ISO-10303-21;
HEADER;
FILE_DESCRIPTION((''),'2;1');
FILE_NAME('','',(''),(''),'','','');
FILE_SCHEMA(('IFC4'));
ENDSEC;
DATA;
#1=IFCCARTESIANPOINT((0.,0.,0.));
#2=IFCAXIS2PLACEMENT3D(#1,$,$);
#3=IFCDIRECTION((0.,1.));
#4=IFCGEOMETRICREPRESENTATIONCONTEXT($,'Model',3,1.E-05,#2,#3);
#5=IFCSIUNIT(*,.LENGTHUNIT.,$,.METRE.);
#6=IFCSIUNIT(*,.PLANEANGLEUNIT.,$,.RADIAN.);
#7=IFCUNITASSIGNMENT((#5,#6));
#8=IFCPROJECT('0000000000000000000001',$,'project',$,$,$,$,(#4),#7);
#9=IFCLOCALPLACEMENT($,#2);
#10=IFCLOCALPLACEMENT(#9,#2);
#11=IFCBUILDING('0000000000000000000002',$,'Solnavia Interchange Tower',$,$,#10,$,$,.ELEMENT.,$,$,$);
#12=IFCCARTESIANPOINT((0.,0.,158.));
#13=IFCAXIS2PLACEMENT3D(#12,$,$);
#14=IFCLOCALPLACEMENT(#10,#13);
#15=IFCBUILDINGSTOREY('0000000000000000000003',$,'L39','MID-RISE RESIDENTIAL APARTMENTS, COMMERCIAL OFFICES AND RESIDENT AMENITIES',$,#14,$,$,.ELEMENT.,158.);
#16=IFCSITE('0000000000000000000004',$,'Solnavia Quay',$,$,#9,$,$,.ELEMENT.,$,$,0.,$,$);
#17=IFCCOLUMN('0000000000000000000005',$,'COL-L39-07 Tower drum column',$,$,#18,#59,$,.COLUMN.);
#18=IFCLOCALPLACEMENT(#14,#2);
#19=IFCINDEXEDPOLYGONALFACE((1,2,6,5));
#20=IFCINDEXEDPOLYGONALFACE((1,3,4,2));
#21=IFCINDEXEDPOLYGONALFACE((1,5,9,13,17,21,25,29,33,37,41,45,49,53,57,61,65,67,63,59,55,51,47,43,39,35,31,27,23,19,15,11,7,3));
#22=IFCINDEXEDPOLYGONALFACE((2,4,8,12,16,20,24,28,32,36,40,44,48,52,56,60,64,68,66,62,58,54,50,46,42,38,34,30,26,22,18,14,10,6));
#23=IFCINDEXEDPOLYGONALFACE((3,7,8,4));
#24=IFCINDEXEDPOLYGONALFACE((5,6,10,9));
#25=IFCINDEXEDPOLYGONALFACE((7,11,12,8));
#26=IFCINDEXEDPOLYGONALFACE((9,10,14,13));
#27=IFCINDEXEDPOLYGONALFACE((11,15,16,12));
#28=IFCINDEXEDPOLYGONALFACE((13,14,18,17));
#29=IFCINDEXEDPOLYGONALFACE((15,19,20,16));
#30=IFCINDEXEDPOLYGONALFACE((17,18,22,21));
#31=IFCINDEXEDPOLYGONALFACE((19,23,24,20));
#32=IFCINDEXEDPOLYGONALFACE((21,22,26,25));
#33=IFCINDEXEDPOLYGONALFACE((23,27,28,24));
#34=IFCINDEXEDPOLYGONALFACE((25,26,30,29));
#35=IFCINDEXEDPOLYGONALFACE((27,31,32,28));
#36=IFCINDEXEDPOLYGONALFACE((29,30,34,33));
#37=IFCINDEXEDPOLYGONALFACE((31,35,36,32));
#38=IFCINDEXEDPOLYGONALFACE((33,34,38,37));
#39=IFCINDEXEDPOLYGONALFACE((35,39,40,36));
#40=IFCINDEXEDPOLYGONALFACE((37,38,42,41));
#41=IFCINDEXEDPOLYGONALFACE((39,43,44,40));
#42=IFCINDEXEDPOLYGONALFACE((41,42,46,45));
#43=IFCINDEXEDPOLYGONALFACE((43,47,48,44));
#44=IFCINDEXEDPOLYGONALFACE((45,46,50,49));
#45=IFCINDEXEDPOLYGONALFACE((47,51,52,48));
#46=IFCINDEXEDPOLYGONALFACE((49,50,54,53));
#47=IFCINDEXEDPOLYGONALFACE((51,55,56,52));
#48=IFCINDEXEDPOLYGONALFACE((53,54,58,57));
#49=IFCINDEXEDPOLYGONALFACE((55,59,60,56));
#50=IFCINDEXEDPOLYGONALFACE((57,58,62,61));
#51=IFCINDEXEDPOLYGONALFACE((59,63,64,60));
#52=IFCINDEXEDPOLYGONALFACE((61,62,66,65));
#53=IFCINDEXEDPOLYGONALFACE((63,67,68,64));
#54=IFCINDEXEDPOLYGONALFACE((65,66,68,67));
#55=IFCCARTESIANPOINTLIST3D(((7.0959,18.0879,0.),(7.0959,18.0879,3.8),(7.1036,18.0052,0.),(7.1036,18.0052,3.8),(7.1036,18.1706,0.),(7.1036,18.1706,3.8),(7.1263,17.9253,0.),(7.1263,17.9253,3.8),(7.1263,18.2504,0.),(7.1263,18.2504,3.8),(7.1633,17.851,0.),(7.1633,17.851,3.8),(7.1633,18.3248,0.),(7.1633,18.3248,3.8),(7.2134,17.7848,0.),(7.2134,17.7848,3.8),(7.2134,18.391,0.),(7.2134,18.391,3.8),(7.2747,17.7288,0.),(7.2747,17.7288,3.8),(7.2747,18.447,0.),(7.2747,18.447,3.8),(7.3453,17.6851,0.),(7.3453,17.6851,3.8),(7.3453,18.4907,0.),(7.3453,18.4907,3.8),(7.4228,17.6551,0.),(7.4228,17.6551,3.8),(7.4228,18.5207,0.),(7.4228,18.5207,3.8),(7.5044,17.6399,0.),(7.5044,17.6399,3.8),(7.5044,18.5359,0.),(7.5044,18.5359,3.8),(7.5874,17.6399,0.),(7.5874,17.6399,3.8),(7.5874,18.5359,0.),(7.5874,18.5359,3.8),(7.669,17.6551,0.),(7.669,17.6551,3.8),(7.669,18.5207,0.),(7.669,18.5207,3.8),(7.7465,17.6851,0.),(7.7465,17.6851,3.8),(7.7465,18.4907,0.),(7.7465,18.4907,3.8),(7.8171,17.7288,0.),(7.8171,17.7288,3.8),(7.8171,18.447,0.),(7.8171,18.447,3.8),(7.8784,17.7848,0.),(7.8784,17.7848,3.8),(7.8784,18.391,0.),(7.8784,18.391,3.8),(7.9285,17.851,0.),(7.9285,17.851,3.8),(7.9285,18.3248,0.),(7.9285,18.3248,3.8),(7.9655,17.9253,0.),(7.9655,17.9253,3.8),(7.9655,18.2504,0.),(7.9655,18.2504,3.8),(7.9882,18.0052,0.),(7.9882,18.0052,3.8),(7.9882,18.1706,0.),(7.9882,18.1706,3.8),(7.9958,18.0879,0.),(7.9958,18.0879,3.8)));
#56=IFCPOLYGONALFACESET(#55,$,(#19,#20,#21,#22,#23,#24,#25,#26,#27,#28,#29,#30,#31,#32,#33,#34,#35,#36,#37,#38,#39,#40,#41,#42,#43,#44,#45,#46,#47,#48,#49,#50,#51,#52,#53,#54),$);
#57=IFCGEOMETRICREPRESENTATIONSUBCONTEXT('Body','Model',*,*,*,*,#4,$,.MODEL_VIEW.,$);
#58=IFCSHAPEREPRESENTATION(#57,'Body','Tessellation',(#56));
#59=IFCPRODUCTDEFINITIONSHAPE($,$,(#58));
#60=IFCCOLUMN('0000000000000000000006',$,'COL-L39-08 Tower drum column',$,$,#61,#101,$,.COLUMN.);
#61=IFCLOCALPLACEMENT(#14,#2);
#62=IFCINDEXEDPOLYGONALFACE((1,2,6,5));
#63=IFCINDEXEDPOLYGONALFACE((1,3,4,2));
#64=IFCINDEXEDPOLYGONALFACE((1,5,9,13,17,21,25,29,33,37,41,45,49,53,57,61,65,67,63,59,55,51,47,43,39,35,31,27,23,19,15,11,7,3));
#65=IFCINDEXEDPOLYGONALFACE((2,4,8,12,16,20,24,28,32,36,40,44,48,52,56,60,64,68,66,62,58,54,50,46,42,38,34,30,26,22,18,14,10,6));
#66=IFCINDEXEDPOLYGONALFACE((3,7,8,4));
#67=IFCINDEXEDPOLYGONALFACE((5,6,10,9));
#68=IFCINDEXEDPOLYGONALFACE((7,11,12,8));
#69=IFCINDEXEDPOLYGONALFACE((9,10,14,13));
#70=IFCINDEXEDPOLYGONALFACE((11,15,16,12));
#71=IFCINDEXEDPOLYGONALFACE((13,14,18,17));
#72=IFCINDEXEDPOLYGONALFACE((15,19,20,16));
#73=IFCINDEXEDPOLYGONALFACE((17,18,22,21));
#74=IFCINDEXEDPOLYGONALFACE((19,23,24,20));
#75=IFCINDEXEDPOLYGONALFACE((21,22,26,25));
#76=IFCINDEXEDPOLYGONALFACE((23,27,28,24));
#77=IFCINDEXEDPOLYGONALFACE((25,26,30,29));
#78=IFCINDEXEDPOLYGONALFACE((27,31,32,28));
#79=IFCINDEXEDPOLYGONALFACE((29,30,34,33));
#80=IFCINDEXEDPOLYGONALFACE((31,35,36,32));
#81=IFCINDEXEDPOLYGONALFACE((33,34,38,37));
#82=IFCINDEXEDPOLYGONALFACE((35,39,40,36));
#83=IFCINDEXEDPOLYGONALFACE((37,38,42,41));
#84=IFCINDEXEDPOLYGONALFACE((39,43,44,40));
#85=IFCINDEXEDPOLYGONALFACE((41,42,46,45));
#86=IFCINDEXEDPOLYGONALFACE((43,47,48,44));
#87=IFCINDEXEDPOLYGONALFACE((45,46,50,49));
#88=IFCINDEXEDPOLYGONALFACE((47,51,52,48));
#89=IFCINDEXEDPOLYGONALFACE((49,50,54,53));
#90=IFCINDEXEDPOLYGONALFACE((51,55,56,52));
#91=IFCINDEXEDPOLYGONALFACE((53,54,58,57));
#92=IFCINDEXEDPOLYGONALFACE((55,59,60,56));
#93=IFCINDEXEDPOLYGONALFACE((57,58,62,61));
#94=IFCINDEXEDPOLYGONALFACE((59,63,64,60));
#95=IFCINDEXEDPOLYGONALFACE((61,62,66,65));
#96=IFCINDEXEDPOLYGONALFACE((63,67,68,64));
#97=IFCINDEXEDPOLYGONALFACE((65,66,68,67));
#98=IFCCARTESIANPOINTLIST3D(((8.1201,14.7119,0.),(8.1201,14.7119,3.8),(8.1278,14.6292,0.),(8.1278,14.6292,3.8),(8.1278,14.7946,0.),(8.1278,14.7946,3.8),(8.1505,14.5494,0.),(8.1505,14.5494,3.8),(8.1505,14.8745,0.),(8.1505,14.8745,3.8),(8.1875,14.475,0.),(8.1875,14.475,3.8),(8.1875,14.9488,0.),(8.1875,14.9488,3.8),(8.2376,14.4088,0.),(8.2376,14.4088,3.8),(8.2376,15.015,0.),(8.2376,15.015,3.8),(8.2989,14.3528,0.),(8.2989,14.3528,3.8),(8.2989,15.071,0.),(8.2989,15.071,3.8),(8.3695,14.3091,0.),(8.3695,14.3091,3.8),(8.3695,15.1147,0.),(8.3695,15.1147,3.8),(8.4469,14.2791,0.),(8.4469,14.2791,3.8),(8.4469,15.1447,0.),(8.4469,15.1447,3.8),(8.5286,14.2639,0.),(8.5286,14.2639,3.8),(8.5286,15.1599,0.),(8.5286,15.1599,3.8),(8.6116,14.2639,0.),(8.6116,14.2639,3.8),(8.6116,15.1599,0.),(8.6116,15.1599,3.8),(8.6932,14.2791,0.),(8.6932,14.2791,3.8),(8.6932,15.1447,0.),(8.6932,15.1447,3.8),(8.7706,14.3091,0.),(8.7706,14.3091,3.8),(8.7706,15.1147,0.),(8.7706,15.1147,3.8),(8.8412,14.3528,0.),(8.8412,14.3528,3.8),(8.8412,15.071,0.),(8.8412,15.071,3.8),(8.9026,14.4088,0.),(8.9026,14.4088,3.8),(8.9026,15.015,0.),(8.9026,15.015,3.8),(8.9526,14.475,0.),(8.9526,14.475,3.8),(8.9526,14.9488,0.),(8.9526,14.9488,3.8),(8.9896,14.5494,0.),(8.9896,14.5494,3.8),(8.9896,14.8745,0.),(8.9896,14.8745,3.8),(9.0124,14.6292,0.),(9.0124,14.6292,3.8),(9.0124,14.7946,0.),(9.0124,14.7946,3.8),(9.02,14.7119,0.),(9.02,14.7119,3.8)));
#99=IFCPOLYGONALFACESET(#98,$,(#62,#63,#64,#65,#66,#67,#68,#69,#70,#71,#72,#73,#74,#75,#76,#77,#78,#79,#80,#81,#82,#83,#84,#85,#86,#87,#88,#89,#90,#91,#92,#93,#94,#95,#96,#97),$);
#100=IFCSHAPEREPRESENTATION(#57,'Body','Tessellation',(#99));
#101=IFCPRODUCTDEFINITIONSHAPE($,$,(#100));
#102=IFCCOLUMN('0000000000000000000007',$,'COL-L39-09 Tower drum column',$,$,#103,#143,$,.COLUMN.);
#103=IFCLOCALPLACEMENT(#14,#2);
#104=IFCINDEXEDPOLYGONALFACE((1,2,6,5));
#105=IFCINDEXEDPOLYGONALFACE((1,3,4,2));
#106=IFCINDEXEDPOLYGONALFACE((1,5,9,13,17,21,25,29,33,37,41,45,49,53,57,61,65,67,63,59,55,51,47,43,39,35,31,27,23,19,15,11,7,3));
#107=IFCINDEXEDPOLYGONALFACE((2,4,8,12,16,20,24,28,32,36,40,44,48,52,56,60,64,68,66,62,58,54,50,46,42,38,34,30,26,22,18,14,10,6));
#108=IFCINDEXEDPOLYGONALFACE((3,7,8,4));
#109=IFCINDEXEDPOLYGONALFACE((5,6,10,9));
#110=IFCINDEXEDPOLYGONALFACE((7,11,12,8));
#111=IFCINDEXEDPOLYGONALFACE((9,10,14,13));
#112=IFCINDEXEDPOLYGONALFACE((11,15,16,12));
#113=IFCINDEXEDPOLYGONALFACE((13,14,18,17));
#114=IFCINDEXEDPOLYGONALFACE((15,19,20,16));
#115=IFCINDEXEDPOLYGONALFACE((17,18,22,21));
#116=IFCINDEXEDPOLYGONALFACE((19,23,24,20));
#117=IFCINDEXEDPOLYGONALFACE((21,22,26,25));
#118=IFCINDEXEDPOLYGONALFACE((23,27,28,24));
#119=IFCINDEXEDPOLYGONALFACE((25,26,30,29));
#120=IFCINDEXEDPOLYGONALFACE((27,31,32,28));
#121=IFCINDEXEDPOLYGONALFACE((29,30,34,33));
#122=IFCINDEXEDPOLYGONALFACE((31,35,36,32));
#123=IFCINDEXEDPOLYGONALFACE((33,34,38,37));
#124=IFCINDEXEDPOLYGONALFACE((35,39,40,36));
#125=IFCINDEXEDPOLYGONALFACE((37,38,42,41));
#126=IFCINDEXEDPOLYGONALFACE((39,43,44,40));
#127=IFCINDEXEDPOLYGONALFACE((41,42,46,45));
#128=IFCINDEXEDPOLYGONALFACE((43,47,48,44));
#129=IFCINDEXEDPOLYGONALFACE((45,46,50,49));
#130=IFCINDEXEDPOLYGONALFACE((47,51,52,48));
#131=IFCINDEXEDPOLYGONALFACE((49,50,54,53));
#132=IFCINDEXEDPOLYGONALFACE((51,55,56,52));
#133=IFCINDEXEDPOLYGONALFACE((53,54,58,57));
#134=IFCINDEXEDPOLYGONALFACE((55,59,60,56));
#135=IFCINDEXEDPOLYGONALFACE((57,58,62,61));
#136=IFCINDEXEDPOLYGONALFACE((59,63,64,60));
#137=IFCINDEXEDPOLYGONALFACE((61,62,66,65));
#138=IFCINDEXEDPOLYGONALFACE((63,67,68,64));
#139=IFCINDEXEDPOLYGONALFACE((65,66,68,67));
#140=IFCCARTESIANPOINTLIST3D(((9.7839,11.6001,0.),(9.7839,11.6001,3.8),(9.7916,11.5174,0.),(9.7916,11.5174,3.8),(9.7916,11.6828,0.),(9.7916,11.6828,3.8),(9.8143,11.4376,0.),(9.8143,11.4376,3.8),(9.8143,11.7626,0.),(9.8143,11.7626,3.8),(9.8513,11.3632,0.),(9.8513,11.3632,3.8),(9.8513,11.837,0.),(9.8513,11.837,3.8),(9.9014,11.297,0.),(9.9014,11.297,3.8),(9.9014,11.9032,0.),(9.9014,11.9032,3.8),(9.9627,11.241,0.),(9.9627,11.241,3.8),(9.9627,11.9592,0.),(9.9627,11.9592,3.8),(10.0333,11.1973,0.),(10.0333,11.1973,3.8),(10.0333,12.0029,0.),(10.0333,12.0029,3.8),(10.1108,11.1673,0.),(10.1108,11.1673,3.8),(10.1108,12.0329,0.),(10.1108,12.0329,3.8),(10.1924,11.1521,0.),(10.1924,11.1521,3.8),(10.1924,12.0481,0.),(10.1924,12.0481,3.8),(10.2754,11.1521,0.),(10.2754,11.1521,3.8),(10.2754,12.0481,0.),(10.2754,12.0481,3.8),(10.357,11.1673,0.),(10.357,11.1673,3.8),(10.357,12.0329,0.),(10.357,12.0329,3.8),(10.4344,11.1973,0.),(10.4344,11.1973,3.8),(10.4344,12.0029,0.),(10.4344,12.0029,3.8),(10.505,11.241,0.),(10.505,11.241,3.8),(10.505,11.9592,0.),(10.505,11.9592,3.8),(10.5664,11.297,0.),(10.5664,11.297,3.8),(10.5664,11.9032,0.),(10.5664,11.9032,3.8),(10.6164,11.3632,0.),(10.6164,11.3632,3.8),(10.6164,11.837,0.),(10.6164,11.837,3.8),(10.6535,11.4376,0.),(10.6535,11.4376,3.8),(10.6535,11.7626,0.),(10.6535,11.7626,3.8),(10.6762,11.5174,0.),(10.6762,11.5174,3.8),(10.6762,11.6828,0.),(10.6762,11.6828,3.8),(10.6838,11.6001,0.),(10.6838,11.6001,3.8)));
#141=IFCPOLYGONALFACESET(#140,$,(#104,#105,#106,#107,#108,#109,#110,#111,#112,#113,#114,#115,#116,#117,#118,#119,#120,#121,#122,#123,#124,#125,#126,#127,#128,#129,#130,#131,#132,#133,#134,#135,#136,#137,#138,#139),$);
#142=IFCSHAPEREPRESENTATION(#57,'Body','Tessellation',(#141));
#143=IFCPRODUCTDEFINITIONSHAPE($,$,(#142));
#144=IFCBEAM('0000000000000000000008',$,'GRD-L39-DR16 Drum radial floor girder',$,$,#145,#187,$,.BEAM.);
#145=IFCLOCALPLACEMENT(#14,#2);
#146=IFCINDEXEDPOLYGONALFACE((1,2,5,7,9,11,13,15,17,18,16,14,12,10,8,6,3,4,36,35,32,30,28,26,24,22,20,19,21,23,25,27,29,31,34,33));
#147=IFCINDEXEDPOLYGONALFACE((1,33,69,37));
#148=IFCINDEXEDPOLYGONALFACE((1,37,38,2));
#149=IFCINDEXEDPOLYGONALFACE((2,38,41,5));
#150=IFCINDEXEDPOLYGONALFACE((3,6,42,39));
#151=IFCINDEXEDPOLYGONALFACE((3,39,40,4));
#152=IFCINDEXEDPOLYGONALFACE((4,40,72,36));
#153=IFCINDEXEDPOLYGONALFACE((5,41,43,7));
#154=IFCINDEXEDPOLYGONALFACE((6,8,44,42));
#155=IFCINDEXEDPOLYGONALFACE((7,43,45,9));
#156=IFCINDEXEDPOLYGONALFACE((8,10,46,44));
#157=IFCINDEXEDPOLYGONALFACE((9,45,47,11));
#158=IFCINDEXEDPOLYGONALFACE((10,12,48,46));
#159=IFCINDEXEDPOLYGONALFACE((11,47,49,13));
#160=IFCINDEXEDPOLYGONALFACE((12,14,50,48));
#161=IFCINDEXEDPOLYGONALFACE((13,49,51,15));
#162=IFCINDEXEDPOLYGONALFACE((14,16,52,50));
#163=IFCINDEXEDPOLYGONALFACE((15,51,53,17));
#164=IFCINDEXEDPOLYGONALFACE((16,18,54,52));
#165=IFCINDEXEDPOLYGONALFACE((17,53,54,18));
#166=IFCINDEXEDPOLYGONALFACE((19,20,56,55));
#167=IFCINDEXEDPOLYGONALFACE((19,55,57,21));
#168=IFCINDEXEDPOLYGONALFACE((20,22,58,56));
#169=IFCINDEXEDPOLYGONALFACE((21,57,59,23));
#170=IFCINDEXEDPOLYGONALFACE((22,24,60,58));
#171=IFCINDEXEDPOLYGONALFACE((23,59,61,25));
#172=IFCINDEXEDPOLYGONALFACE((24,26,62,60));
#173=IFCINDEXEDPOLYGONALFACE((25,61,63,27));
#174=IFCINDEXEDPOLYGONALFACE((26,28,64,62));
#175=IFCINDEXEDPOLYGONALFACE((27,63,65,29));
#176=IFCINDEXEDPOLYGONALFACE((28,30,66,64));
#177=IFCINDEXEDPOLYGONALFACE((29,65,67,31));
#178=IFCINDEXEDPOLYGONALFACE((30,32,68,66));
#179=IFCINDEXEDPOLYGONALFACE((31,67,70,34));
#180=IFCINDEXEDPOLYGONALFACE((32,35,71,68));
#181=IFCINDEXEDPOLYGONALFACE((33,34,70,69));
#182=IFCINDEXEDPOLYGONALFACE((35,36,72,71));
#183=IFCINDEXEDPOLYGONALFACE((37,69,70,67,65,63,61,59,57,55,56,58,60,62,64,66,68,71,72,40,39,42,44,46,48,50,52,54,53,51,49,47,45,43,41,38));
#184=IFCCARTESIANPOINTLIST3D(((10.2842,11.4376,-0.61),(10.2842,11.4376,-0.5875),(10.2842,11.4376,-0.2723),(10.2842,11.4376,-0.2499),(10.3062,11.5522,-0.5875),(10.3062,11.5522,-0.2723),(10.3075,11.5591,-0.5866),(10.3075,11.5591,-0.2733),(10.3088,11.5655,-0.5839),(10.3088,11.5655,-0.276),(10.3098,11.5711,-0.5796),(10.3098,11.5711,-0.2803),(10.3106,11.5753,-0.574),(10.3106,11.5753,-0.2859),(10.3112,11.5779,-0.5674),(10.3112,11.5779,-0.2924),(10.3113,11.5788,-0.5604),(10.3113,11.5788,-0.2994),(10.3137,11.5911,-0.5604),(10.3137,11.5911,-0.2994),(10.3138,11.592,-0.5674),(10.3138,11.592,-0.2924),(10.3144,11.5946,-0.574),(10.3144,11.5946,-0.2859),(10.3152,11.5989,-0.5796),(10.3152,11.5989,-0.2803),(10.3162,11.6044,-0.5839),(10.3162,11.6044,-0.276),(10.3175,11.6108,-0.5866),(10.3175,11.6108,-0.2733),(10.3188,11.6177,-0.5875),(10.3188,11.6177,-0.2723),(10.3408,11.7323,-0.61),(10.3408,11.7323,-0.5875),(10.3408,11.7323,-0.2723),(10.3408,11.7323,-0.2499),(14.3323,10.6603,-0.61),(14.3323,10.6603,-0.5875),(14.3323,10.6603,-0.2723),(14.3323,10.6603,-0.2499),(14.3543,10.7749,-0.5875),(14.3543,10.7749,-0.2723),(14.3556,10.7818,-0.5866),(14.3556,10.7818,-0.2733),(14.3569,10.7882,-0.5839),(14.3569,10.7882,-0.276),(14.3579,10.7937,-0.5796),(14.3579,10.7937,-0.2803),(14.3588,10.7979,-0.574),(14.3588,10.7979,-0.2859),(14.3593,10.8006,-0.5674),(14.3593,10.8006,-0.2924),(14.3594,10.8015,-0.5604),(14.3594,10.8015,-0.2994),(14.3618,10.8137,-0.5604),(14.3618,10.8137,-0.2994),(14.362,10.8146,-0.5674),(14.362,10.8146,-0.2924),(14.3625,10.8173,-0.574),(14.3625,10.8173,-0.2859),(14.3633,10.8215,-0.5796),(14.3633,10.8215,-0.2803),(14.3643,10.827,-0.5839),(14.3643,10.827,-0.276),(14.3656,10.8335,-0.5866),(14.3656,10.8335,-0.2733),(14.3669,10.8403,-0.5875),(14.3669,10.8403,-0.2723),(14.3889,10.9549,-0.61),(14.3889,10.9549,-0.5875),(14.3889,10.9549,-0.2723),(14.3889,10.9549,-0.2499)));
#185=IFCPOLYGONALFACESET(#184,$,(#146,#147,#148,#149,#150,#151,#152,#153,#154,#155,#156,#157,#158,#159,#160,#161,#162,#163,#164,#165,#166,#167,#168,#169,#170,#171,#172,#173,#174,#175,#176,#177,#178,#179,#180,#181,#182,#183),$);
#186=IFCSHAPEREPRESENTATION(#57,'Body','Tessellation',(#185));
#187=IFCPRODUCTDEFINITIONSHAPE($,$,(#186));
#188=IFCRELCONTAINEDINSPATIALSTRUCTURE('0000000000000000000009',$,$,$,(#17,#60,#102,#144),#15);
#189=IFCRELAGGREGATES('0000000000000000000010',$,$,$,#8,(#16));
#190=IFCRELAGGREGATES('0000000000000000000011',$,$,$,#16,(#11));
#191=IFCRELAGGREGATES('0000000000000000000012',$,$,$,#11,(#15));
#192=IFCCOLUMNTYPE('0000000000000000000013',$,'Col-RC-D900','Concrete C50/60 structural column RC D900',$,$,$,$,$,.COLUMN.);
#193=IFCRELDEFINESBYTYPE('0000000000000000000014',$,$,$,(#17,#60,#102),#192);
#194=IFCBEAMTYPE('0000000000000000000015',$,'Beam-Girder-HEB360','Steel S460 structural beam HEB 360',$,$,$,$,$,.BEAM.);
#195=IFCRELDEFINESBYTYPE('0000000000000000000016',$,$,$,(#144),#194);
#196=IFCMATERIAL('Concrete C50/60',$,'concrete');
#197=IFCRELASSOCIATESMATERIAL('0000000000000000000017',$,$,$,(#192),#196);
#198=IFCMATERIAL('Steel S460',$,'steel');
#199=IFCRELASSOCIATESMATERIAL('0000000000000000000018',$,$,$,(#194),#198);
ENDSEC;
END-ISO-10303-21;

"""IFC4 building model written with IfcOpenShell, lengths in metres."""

from ifc_helpers import new_model, si_unit, direction, frame, origin, origin_2d, place, context, subcontext, project, spatial, circle, i_section, extrude, material, material_profile, profile_set, type_object, element, save


model = new_model("IFC4")

# Units and contexts
model_context = context("Model", 3, precision=1e-05, world=origin(), true_north=direction((0.0, 1.0)))
body_context = subcontext(model_context, "Body", "Model", "MODEL_VIEW")
ifc_project = project(units=[si_unit("LENGTHUNIT", "METRE"), si_unit("PLANEANGLEUNIT", "RADIAN")], contexts=[model_context])

# Site, building, storey
site_placement = place(None, origin())
site = spatial("IfcSite", under=ifc_project, at=site_placement, Name="Solnavia Quay", CompositionType="ELEMENT", RefElevation=0.0)
building_placement = place(site_placement, origin())
building = spatial("IfcBuilding", under=site, at=building_placement, Name="Solnavia Interchange Tower", CompositionType="ELEMENT")
storey_placement = place(building_placement, frame((0.0, 0.0, 158.0)))
storey = spatial("IfcBuildingStorey", under=building, at=storey_placement, Name="L39", Description="MID-RISE RESIDENTIAL APARTMENTS, COMMERCIAL OFFICES AND RESIDENT AMENITIES", CompositionType="ELEMENT", Elevation=158.0)

# Columns
ifc_material_1 = material(Name="Concrete C50/60", Category="concrete")
ifc_material_profile_1 = material_profile(ifc_material_1, circle(Radius=0.45, at=origin_2d()), Name="RC D900")
ifc_profile_set_1 = profile_set([ifc_material_profile_1], Name="Concrete C50/60")
column_type = type_object("IfcColumnType", Name="Col-RC-D900", Description="Concrete C50/60 structural column RC D900", PredefinedType="COLUMN", material=ifc_profile_set_1)
for number, where, z_axis, x_axis, name in (
    (1, (7.5459, 18.0879, 0.0), (0.0, 0.0, 1.0), (1.0, 0.0, 0.0), "COL-L39-07 Tower drum column"),
    (2, (8.5701, 14.7119, 0.0), (0.0, 0.0, 1.0), (1.0, 0.0, 0.0), "COL-L39-08 Tower drum column"),
    (3, (10.2339, 11.6001, 0.0), (0.0, 0.0, 1.0), (1.0, 0.0, 0.0), "COL-L39-09 Tower drum column"),
):
    element("IfcColumn", number, at=place(storey_placement, frame(where, z_axis=z_axis, x_axis=x_axis)), inside=storey, type_object=column_type, Name=name, PredefinedType="COLUMN", context=body_context, shape_type="SweptSolid", body=[
        extrude(circle(Radius=0.45, at=origin_2d()), origin(), (0.0, 0.0, 1.0), 3.8),
    ])

# Beam
ifc_material_2 = material(Name="Steel S460", Category="steel")
ifc_material_profile_2 = material_profile(ifc_material_2, i_section(OverallWidth=0.3, OverallDepth=0.3601, WebThickness=0.0125, FlangeThickness=0.0225, FilletRadius=0.0271, at=origin_2d()), Name="HEB 360")
ifc_profile_set_2 = profile_set([ifc_material_profile_2], Name="Steel S460")
beam_type_1 = type_object("IfcBeamType", Name="Beam-Girder-HEB360", Description="Steel S460 structural beam HEB 360", PredefinedType="BEAM", material=ifc_profile_set_2)
beam_1_placement = place(storey_placement, frame((10.3125, 11.585, -0.4299), z_axis=(0.982058, -0.188582, 0.0), x_axis=(0.188582, 0.982058, 0.0)))
element("IfcBeam", 4, at=beam_1_placement, inside=storey, type_object=beam_type_1, Name="GRD-L39-DR16 Drum radial floor girder", PredefinedType="BEAM", context=body_context, shape_type="SweptSolid", body=[
    extrude(i_section(OverallWidth=0.3, OverallDepth=0.3601, WebThickness=0.0125, FlangeThickness=0.0225, FilletRadius=0.0271, at=origin_2d()), origin(), (0.0, 0.0, 1.0), 4.1221),
])

save(model, "model.ifc")
